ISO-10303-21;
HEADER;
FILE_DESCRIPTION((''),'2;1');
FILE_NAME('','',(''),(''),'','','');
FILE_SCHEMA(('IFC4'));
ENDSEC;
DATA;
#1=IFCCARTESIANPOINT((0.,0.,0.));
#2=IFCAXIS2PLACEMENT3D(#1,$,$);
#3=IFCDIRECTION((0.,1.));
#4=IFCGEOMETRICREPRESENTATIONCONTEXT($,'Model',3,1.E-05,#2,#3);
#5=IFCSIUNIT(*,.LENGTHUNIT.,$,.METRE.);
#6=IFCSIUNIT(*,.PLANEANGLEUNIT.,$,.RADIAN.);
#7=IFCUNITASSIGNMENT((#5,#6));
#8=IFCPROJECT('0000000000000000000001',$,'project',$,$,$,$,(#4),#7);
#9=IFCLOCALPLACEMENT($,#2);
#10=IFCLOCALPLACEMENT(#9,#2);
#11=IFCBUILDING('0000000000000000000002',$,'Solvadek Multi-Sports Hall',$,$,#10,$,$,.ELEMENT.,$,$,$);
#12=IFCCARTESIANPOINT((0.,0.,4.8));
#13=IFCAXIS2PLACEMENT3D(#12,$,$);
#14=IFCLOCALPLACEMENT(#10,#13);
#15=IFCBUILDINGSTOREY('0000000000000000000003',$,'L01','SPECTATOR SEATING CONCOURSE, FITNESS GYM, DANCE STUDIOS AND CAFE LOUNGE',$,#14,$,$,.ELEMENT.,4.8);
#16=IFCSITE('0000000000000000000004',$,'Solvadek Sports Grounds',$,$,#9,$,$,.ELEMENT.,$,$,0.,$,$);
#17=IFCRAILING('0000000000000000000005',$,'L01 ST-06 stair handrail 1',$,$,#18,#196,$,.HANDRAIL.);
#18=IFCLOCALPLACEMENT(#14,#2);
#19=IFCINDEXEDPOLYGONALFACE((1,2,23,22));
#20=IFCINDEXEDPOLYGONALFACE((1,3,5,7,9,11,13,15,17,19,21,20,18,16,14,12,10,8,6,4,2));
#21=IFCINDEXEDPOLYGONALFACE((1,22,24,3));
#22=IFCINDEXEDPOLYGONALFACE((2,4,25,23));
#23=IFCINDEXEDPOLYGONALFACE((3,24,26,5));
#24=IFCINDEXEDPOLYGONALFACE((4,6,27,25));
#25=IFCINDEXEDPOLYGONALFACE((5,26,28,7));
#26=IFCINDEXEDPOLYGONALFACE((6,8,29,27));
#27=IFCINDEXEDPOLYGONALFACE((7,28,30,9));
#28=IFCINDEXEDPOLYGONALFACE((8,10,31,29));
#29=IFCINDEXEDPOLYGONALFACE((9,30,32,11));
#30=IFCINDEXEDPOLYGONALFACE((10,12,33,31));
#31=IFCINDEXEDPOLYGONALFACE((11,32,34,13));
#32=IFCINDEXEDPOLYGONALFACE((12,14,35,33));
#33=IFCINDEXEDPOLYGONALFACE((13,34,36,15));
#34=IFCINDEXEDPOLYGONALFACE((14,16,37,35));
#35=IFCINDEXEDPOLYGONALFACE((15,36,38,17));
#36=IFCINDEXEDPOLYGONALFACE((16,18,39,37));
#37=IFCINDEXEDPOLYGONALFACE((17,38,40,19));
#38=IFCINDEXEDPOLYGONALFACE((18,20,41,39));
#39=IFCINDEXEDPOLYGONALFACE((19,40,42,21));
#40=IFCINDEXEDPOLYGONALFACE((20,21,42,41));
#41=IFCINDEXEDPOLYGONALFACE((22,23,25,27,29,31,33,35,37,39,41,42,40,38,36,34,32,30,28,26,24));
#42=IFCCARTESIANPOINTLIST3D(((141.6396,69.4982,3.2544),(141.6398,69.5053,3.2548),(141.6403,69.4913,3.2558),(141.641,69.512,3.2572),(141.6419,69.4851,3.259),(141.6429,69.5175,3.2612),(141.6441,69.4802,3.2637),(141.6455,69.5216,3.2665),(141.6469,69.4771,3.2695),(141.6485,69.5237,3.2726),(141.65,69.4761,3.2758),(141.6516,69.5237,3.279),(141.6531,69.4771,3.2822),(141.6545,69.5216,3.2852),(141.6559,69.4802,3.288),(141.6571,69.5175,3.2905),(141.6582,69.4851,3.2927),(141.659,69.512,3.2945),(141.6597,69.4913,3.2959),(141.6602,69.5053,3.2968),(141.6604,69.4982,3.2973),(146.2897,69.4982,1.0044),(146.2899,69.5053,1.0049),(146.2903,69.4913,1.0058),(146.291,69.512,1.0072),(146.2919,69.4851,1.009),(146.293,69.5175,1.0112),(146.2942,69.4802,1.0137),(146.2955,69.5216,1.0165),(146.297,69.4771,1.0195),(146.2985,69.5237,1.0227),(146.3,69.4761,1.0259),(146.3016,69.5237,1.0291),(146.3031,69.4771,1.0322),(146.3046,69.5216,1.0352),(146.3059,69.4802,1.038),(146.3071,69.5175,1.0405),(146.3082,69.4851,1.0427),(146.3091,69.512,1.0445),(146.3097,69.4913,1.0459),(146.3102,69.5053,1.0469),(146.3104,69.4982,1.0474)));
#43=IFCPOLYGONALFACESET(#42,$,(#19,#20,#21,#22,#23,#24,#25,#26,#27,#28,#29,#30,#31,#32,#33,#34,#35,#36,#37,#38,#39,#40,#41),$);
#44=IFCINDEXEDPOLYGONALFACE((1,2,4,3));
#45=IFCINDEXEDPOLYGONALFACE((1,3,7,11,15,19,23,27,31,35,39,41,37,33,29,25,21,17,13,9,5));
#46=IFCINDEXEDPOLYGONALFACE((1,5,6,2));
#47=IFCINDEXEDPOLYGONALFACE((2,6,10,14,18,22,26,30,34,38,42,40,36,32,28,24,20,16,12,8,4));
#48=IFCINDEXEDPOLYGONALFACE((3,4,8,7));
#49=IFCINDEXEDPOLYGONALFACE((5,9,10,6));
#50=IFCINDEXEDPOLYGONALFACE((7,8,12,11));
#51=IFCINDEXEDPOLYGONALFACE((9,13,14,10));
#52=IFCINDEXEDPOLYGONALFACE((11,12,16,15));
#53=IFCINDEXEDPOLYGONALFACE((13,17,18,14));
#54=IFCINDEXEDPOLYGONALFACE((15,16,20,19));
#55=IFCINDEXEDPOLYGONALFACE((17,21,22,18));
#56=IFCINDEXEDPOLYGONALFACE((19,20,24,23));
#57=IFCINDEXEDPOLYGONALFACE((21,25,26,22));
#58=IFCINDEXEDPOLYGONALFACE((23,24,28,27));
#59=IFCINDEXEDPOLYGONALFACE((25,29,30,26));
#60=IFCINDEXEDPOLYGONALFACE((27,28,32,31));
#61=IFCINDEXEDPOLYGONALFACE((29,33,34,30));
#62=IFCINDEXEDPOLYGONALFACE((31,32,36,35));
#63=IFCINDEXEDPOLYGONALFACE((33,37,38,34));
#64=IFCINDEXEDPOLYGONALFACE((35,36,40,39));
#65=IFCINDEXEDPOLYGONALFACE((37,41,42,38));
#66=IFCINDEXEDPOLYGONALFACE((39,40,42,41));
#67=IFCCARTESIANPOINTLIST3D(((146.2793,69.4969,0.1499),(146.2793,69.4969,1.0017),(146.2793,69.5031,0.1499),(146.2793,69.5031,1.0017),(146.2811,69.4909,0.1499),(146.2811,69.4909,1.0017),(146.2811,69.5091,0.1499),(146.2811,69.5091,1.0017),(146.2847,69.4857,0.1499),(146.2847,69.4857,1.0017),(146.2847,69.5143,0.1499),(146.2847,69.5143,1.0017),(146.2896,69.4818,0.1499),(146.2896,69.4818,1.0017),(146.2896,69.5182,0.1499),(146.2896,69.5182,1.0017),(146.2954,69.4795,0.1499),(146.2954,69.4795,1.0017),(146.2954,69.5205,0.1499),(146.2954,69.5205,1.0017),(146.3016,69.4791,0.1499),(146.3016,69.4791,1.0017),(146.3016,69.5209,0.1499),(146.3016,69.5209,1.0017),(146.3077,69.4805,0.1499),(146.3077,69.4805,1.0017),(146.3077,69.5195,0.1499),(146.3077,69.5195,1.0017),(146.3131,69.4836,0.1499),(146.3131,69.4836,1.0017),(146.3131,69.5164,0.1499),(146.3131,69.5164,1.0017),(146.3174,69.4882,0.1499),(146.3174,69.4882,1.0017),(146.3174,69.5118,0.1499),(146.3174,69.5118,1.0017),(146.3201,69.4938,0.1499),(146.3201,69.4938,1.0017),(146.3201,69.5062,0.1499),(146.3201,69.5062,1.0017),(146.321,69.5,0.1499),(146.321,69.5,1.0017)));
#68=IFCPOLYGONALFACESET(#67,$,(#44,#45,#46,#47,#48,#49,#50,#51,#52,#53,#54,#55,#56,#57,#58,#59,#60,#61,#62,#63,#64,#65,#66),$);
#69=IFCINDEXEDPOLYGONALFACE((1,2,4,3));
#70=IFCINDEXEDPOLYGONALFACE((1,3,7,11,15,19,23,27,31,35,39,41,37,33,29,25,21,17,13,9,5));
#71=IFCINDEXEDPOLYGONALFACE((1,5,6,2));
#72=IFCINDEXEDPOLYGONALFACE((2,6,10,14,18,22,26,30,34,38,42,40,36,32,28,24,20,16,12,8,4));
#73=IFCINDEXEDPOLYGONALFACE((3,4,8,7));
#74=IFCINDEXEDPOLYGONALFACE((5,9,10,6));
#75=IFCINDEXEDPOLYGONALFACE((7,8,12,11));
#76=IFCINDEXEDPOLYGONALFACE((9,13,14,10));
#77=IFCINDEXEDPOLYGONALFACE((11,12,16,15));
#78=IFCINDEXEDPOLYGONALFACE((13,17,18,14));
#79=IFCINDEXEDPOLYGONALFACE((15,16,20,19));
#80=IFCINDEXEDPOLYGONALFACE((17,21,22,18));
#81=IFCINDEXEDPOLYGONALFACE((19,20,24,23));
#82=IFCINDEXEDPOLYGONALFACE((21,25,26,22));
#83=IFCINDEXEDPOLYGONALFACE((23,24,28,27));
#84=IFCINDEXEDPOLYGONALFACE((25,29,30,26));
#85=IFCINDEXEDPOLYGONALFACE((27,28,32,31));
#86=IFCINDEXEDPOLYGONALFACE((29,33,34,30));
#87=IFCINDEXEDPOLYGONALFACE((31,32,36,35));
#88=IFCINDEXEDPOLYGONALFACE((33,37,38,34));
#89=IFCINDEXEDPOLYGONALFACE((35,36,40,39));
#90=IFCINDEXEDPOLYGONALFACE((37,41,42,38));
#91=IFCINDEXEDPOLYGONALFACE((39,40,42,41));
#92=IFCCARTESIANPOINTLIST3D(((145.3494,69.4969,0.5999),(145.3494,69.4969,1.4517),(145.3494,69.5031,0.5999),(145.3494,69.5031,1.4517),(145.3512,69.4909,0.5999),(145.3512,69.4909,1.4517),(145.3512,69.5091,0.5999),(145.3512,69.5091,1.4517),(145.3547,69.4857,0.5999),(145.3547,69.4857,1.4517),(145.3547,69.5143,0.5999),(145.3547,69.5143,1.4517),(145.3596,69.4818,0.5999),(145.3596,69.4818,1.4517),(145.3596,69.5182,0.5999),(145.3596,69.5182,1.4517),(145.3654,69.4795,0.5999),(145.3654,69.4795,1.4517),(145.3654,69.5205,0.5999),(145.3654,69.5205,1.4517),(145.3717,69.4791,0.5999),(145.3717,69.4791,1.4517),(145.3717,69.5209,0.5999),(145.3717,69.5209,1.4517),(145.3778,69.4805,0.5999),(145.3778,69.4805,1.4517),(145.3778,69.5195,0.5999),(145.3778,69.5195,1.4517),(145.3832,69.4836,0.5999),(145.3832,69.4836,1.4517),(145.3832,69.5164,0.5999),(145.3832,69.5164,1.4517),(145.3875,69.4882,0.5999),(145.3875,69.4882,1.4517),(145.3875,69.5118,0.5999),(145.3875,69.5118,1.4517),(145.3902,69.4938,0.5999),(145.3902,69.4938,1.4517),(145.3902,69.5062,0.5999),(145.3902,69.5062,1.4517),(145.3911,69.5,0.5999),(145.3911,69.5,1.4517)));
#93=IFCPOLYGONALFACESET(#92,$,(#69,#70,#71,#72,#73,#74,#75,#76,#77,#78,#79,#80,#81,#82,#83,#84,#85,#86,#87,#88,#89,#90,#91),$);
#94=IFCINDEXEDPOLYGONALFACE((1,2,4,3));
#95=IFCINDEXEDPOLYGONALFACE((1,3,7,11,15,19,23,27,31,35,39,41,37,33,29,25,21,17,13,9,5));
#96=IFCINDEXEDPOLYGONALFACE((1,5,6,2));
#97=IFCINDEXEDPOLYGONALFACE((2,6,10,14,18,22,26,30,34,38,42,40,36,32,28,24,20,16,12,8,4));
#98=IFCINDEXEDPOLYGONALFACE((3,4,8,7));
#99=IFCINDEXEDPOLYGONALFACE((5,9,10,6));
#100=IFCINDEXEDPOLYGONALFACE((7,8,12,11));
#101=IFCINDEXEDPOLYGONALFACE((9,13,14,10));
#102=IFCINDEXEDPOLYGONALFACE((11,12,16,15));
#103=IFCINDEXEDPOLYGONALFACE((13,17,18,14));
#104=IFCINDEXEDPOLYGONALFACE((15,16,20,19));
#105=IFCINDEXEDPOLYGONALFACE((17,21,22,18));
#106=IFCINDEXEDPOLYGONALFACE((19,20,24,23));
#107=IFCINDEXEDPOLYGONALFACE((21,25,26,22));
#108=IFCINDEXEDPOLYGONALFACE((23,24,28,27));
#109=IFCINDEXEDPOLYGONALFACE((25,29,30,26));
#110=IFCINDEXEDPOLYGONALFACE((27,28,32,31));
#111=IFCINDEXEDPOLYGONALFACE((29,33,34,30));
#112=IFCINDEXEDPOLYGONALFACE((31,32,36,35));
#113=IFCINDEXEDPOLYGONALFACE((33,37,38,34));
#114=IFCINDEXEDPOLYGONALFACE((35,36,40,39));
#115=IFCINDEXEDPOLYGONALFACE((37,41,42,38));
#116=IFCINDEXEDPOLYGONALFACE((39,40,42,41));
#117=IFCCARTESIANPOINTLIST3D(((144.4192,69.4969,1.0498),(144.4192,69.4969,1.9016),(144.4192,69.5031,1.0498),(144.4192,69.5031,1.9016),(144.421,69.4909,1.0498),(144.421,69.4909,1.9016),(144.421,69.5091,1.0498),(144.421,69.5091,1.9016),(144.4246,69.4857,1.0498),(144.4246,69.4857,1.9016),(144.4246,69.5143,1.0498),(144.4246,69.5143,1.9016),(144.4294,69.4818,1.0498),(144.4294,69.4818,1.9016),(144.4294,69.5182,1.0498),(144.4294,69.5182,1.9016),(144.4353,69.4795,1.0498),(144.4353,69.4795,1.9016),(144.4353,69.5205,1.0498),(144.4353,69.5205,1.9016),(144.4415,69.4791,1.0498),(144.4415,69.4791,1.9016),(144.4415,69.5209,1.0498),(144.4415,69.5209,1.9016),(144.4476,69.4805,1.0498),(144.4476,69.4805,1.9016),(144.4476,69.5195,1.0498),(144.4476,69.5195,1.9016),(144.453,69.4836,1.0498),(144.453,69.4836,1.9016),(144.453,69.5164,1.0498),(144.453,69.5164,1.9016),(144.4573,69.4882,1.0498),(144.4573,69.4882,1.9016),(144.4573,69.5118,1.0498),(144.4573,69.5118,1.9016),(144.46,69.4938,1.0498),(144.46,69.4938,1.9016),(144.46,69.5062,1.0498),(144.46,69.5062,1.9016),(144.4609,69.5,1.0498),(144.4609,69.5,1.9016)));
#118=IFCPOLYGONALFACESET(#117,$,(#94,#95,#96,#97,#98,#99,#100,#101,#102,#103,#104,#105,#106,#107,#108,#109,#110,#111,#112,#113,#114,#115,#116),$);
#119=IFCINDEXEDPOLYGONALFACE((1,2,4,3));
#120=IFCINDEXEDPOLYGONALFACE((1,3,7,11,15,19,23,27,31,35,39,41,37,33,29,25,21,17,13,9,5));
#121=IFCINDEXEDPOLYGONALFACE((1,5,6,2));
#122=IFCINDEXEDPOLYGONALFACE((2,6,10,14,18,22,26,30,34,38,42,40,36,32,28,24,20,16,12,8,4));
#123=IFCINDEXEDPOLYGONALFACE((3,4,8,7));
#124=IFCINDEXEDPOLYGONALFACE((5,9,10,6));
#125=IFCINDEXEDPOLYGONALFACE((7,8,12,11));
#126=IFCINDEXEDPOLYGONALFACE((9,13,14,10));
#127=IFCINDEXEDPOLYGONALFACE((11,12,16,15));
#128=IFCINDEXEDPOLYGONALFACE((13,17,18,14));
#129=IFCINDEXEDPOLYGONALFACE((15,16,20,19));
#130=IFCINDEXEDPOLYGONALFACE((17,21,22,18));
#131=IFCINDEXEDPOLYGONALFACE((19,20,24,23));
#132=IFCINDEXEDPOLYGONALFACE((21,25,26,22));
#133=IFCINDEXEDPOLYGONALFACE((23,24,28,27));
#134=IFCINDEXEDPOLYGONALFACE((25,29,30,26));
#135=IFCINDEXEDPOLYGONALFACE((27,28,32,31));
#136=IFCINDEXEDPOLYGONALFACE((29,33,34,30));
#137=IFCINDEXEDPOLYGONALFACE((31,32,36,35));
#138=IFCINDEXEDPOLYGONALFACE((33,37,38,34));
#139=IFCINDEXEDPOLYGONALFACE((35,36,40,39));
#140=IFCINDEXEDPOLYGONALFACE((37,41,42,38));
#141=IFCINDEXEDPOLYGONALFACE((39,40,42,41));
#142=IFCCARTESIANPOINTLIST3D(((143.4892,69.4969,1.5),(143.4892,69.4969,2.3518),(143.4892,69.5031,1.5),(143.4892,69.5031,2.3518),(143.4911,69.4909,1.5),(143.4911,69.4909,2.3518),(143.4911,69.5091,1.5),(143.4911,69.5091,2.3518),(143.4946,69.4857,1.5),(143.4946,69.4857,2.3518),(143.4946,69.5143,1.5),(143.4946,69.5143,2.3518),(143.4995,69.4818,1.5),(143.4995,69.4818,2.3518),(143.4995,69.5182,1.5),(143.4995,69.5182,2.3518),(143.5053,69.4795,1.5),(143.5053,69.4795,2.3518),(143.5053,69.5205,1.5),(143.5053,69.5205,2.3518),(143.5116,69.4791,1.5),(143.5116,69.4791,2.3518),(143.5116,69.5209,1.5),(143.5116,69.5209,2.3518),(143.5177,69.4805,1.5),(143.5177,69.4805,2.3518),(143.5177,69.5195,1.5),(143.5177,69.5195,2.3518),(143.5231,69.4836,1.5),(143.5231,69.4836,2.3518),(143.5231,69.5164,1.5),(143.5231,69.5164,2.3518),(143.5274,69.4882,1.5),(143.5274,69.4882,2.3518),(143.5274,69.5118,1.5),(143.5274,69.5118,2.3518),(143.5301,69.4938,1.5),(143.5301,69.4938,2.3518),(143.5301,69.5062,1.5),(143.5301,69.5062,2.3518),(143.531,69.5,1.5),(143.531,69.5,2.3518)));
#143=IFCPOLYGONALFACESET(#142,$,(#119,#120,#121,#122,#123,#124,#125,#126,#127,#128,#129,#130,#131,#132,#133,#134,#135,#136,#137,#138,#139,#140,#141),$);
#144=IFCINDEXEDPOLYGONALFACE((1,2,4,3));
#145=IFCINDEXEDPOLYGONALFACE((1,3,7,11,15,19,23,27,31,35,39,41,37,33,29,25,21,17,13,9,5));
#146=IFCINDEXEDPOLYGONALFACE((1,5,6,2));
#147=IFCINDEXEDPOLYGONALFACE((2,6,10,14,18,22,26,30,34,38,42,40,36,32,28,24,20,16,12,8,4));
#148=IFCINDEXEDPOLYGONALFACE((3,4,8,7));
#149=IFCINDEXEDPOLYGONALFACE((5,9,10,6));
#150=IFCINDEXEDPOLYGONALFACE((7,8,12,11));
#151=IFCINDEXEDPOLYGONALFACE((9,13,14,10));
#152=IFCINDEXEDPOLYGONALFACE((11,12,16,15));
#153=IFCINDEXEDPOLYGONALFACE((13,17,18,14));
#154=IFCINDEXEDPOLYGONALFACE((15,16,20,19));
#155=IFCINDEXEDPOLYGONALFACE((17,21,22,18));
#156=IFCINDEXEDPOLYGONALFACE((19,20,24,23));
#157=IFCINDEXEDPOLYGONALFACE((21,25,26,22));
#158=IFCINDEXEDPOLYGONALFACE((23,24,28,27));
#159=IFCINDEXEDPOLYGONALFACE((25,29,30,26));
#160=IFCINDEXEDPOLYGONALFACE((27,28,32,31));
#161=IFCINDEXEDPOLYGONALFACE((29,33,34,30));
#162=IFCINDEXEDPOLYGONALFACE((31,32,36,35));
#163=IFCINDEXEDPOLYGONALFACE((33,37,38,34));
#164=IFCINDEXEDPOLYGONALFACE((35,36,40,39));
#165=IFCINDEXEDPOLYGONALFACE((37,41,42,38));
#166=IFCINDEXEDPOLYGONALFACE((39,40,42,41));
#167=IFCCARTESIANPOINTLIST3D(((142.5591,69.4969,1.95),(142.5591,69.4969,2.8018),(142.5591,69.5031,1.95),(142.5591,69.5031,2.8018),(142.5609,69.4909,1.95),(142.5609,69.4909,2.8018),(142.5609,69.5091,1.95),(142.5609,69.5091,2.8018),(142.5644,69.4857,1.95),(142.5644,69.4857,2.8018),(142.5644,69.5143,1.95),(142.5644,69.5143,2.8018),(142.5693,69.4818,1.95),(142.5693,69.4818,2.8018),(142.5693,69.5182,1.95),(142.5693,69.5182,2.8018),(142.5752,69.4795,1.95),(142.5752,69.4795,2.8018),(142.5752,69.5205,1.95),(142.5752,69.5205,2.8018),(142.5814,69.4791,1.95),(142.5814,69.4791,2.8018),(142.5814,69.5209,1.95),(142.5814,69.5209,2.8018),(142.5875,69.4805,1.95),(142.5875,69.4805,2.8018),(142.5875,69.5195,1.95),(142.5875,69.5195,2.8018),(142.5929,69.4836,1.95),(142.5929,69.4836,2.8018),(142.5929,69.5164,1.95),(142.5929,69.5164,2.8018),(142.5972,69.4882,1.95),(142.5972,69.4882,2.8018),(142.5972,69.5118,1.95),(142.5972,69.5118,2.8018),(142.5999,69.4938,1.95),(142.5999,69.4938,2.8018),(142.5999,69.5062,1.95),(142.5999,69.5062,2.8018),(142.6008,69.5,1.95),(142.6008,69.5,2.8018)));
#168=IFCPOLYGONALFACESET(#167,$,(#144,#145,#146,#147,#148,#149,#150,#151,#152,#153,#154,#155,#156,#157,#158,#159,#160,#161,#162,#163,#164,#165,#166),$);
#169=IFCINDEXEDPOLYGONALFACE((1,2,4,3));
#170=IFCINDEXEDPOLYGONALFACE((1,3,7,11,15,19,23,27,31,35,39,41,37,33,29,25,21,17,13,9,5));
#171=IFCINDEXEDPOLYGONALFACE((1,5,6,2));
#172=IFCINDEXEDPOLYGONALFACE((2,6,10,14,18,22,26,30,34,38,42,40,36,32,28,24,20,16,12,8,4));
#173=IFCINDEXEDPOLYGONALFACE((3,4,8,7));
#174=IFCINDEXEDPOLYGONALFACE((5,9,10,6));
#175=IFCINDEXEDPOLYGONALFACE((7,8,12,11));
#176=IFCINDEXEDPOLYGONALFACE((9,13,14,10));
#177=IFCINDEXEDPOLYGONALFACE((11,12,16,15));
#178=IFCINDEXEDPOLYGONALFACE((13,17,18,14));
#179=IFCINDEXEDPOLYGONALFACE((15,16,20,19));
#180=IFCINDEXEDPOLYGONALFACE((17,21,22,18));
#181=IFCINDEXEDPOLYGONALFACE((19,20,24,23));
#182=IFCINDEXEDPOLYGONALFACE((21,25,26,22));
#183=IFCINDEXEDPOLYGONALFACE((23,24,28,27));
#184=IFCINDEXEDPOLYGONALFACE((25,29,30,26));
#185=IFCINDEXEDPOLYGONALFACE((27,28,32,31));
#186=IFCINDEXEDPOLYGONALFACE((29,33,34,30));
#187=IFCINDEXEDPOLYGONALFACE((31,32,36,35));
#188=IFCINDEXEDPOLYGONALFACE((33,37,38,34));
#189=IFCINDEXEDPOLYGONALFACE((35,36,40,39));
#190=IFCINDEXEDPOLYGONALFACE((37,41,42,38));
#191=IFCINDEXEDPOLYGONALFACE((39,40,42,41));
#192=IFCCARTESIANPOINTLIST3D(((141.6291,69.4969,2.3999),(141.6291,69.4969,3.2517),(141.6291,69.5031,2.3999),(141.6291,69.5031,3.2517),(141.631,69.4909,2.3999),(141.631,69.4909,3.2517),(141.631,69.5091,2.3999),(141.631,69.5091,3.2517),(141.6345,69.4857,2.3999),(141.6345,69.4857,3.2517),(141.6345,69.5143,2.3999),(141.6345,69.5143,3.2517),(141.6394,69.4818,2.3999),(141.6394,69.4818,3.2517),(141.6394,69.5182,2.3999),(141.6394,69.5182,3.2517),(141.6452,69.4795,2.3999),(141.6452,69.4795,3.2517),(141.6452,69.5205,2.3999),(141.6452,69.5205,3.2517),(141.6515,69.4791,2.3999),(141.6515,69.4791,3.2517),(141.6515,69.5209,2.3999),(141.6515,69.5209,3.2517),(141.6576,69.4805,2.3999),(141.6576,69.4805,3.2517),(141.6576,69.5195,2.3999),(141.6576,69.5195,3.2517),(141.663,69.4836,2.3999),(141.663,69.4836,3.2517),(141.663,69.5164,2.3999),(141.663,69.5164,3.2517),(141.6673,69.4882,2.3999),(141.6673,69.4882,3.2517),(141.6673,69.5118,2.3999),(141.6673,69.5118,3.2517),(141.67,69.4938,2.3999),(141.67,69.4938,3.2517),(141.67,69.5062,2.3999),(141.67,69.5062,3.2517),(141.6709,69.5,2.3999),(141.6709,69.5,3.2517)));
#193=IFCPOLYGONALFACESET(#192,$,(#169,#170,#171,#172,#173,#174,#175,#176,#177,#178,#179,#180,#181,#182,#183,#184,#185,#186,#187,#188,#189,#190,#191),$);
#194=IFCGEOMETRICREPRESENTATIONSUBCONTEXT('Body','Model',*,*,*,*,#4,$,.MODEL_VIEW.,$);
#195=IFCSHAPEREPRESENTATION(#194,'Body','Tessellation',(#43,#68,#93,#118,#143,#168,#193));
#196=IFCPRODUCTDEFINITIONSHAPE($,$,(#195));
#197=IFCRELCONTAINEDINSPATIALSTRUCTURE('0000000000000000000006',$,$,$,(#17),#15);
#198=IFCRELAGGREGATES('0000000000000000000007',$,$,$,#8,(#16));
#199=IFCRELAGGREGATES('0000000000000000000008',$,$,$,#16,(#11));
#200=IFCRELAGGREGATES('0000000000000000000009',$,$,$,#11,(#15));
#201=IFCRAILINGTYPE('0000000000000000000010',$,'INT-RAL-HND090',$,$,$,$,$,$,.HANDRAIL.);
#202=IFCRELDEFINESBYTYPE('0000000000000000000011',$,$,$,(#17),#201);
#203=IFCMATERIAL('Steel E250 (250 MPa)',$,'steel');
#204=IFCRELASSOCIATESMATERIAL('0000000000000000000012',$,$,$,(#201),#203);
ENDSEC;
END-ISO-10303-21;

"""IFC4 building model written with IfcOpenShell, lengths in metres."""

from ifc_helpers import new_model, si_unit, direction, frame, origin, origin_2d, place, context, subcontext, project, spatial, circle, extrude, material, type_object, element, save


model = new_model("IFC4")

# Units and contexts
model_context = context("Model", 3, precision=1e-05, world=origin(), true_north=direction((0.0, 1.0)))
body_context = subcontext(model_context, "Body", "Model", "MODEL_VIEW")
ifc_project = project(units=[si_unit("LENGTHUNIT", "METRE"), si_unit("PLANEANGLEUNIT", "RADIAN")], contexts=[model_context])

# Site, building, storey
site_placement = place(None, origin())
site = spatial("IfcSite", under=ifc_project, at=site_placement, Name="Solvadek Sports Grounds", CompositionType="ELEMENT", RefElevation=0.0)
building_placement = place(site_placement, origin())
building = spatial("IfcBuilding", under=site, at=building_placement, Name="Solvadek Multi-Sports Hall", CompositionType="ELEMENT")
storey_placement = place(building_placement, frame((0.0, 0.0, 4.8)))
storey = spatial("IfcBuildingStorey", under=building, at=storey_placement, Name="L01", Description="SPECTATOR SEATING CONCOURSE, FITNESS GYM, DANCE STUDIOS AND CAFE LOUNGE", CompositionType="ELEMENT", Elevation=4.8)

# Railing
ifc_material_1 = material(Name="Steel E250 (250 MPa)", Category="steel")
railing_type = type_object("IfcRailingType", Name="INT-RAL-HND090", PredefinedType="HANDRAIL", material=ifc_material_1)
railing_placement = place(storey_placement, frame((146.3, 69.5, 0.1499)))
element("IfcRailing", 1, at=railing_placement, inside=storey, type_object=railing_type, Name="L01 ST-06 stair handrail 1", PredefinedType="HANDRAIL", context=body_context, shape_type="SweptSolid", body=[
    extrude(circle(Radius=0.0239, at=origin_2d()), frame((0.0, 0.0, 0.876), z_axis=(-0.900165, 0.0, 0.43555), x_axis=(0.0, -1.0, 0.0)), (0.0, 0.0, 1.0), 5.1658),
    extrude(circle(Radius=0.021, at=origin_2d()), origin(), (0.0, 0.0, 1.0), 0.8518),
    extrude(circle(Radius=0.021, at=origin_2d()), frame((-0.9299, 0.0, 0.45)), (0.0, 0.0, 1.0), 0.8518),
    extrude(circle(Radius=0.021, at=origin_2d()), frame((-1.8601, 0.0, 0.8999)), (0.0, 0.0, 1.0), 0.8518),
    extrude(circle(Radius=0.021, at=origin_2d()), frame((-2.79, 0.0, 1.3501)), (0.0, 0.0, 1.0), 0.8518),
    extrude(circle(Radius=0.021, at=origin_2d()), frame((-3.7202, 0.0, 1.8)), (0.0, 0.0, 1.0), 0.8518),
    extrude(circle(Radius=0.021, at=origin_2d()), frame((-4.6501, 0.0, 2.25)), (0.0, 0.0, 1.0), 0.8518),
])

save(model, "model.ifc")
